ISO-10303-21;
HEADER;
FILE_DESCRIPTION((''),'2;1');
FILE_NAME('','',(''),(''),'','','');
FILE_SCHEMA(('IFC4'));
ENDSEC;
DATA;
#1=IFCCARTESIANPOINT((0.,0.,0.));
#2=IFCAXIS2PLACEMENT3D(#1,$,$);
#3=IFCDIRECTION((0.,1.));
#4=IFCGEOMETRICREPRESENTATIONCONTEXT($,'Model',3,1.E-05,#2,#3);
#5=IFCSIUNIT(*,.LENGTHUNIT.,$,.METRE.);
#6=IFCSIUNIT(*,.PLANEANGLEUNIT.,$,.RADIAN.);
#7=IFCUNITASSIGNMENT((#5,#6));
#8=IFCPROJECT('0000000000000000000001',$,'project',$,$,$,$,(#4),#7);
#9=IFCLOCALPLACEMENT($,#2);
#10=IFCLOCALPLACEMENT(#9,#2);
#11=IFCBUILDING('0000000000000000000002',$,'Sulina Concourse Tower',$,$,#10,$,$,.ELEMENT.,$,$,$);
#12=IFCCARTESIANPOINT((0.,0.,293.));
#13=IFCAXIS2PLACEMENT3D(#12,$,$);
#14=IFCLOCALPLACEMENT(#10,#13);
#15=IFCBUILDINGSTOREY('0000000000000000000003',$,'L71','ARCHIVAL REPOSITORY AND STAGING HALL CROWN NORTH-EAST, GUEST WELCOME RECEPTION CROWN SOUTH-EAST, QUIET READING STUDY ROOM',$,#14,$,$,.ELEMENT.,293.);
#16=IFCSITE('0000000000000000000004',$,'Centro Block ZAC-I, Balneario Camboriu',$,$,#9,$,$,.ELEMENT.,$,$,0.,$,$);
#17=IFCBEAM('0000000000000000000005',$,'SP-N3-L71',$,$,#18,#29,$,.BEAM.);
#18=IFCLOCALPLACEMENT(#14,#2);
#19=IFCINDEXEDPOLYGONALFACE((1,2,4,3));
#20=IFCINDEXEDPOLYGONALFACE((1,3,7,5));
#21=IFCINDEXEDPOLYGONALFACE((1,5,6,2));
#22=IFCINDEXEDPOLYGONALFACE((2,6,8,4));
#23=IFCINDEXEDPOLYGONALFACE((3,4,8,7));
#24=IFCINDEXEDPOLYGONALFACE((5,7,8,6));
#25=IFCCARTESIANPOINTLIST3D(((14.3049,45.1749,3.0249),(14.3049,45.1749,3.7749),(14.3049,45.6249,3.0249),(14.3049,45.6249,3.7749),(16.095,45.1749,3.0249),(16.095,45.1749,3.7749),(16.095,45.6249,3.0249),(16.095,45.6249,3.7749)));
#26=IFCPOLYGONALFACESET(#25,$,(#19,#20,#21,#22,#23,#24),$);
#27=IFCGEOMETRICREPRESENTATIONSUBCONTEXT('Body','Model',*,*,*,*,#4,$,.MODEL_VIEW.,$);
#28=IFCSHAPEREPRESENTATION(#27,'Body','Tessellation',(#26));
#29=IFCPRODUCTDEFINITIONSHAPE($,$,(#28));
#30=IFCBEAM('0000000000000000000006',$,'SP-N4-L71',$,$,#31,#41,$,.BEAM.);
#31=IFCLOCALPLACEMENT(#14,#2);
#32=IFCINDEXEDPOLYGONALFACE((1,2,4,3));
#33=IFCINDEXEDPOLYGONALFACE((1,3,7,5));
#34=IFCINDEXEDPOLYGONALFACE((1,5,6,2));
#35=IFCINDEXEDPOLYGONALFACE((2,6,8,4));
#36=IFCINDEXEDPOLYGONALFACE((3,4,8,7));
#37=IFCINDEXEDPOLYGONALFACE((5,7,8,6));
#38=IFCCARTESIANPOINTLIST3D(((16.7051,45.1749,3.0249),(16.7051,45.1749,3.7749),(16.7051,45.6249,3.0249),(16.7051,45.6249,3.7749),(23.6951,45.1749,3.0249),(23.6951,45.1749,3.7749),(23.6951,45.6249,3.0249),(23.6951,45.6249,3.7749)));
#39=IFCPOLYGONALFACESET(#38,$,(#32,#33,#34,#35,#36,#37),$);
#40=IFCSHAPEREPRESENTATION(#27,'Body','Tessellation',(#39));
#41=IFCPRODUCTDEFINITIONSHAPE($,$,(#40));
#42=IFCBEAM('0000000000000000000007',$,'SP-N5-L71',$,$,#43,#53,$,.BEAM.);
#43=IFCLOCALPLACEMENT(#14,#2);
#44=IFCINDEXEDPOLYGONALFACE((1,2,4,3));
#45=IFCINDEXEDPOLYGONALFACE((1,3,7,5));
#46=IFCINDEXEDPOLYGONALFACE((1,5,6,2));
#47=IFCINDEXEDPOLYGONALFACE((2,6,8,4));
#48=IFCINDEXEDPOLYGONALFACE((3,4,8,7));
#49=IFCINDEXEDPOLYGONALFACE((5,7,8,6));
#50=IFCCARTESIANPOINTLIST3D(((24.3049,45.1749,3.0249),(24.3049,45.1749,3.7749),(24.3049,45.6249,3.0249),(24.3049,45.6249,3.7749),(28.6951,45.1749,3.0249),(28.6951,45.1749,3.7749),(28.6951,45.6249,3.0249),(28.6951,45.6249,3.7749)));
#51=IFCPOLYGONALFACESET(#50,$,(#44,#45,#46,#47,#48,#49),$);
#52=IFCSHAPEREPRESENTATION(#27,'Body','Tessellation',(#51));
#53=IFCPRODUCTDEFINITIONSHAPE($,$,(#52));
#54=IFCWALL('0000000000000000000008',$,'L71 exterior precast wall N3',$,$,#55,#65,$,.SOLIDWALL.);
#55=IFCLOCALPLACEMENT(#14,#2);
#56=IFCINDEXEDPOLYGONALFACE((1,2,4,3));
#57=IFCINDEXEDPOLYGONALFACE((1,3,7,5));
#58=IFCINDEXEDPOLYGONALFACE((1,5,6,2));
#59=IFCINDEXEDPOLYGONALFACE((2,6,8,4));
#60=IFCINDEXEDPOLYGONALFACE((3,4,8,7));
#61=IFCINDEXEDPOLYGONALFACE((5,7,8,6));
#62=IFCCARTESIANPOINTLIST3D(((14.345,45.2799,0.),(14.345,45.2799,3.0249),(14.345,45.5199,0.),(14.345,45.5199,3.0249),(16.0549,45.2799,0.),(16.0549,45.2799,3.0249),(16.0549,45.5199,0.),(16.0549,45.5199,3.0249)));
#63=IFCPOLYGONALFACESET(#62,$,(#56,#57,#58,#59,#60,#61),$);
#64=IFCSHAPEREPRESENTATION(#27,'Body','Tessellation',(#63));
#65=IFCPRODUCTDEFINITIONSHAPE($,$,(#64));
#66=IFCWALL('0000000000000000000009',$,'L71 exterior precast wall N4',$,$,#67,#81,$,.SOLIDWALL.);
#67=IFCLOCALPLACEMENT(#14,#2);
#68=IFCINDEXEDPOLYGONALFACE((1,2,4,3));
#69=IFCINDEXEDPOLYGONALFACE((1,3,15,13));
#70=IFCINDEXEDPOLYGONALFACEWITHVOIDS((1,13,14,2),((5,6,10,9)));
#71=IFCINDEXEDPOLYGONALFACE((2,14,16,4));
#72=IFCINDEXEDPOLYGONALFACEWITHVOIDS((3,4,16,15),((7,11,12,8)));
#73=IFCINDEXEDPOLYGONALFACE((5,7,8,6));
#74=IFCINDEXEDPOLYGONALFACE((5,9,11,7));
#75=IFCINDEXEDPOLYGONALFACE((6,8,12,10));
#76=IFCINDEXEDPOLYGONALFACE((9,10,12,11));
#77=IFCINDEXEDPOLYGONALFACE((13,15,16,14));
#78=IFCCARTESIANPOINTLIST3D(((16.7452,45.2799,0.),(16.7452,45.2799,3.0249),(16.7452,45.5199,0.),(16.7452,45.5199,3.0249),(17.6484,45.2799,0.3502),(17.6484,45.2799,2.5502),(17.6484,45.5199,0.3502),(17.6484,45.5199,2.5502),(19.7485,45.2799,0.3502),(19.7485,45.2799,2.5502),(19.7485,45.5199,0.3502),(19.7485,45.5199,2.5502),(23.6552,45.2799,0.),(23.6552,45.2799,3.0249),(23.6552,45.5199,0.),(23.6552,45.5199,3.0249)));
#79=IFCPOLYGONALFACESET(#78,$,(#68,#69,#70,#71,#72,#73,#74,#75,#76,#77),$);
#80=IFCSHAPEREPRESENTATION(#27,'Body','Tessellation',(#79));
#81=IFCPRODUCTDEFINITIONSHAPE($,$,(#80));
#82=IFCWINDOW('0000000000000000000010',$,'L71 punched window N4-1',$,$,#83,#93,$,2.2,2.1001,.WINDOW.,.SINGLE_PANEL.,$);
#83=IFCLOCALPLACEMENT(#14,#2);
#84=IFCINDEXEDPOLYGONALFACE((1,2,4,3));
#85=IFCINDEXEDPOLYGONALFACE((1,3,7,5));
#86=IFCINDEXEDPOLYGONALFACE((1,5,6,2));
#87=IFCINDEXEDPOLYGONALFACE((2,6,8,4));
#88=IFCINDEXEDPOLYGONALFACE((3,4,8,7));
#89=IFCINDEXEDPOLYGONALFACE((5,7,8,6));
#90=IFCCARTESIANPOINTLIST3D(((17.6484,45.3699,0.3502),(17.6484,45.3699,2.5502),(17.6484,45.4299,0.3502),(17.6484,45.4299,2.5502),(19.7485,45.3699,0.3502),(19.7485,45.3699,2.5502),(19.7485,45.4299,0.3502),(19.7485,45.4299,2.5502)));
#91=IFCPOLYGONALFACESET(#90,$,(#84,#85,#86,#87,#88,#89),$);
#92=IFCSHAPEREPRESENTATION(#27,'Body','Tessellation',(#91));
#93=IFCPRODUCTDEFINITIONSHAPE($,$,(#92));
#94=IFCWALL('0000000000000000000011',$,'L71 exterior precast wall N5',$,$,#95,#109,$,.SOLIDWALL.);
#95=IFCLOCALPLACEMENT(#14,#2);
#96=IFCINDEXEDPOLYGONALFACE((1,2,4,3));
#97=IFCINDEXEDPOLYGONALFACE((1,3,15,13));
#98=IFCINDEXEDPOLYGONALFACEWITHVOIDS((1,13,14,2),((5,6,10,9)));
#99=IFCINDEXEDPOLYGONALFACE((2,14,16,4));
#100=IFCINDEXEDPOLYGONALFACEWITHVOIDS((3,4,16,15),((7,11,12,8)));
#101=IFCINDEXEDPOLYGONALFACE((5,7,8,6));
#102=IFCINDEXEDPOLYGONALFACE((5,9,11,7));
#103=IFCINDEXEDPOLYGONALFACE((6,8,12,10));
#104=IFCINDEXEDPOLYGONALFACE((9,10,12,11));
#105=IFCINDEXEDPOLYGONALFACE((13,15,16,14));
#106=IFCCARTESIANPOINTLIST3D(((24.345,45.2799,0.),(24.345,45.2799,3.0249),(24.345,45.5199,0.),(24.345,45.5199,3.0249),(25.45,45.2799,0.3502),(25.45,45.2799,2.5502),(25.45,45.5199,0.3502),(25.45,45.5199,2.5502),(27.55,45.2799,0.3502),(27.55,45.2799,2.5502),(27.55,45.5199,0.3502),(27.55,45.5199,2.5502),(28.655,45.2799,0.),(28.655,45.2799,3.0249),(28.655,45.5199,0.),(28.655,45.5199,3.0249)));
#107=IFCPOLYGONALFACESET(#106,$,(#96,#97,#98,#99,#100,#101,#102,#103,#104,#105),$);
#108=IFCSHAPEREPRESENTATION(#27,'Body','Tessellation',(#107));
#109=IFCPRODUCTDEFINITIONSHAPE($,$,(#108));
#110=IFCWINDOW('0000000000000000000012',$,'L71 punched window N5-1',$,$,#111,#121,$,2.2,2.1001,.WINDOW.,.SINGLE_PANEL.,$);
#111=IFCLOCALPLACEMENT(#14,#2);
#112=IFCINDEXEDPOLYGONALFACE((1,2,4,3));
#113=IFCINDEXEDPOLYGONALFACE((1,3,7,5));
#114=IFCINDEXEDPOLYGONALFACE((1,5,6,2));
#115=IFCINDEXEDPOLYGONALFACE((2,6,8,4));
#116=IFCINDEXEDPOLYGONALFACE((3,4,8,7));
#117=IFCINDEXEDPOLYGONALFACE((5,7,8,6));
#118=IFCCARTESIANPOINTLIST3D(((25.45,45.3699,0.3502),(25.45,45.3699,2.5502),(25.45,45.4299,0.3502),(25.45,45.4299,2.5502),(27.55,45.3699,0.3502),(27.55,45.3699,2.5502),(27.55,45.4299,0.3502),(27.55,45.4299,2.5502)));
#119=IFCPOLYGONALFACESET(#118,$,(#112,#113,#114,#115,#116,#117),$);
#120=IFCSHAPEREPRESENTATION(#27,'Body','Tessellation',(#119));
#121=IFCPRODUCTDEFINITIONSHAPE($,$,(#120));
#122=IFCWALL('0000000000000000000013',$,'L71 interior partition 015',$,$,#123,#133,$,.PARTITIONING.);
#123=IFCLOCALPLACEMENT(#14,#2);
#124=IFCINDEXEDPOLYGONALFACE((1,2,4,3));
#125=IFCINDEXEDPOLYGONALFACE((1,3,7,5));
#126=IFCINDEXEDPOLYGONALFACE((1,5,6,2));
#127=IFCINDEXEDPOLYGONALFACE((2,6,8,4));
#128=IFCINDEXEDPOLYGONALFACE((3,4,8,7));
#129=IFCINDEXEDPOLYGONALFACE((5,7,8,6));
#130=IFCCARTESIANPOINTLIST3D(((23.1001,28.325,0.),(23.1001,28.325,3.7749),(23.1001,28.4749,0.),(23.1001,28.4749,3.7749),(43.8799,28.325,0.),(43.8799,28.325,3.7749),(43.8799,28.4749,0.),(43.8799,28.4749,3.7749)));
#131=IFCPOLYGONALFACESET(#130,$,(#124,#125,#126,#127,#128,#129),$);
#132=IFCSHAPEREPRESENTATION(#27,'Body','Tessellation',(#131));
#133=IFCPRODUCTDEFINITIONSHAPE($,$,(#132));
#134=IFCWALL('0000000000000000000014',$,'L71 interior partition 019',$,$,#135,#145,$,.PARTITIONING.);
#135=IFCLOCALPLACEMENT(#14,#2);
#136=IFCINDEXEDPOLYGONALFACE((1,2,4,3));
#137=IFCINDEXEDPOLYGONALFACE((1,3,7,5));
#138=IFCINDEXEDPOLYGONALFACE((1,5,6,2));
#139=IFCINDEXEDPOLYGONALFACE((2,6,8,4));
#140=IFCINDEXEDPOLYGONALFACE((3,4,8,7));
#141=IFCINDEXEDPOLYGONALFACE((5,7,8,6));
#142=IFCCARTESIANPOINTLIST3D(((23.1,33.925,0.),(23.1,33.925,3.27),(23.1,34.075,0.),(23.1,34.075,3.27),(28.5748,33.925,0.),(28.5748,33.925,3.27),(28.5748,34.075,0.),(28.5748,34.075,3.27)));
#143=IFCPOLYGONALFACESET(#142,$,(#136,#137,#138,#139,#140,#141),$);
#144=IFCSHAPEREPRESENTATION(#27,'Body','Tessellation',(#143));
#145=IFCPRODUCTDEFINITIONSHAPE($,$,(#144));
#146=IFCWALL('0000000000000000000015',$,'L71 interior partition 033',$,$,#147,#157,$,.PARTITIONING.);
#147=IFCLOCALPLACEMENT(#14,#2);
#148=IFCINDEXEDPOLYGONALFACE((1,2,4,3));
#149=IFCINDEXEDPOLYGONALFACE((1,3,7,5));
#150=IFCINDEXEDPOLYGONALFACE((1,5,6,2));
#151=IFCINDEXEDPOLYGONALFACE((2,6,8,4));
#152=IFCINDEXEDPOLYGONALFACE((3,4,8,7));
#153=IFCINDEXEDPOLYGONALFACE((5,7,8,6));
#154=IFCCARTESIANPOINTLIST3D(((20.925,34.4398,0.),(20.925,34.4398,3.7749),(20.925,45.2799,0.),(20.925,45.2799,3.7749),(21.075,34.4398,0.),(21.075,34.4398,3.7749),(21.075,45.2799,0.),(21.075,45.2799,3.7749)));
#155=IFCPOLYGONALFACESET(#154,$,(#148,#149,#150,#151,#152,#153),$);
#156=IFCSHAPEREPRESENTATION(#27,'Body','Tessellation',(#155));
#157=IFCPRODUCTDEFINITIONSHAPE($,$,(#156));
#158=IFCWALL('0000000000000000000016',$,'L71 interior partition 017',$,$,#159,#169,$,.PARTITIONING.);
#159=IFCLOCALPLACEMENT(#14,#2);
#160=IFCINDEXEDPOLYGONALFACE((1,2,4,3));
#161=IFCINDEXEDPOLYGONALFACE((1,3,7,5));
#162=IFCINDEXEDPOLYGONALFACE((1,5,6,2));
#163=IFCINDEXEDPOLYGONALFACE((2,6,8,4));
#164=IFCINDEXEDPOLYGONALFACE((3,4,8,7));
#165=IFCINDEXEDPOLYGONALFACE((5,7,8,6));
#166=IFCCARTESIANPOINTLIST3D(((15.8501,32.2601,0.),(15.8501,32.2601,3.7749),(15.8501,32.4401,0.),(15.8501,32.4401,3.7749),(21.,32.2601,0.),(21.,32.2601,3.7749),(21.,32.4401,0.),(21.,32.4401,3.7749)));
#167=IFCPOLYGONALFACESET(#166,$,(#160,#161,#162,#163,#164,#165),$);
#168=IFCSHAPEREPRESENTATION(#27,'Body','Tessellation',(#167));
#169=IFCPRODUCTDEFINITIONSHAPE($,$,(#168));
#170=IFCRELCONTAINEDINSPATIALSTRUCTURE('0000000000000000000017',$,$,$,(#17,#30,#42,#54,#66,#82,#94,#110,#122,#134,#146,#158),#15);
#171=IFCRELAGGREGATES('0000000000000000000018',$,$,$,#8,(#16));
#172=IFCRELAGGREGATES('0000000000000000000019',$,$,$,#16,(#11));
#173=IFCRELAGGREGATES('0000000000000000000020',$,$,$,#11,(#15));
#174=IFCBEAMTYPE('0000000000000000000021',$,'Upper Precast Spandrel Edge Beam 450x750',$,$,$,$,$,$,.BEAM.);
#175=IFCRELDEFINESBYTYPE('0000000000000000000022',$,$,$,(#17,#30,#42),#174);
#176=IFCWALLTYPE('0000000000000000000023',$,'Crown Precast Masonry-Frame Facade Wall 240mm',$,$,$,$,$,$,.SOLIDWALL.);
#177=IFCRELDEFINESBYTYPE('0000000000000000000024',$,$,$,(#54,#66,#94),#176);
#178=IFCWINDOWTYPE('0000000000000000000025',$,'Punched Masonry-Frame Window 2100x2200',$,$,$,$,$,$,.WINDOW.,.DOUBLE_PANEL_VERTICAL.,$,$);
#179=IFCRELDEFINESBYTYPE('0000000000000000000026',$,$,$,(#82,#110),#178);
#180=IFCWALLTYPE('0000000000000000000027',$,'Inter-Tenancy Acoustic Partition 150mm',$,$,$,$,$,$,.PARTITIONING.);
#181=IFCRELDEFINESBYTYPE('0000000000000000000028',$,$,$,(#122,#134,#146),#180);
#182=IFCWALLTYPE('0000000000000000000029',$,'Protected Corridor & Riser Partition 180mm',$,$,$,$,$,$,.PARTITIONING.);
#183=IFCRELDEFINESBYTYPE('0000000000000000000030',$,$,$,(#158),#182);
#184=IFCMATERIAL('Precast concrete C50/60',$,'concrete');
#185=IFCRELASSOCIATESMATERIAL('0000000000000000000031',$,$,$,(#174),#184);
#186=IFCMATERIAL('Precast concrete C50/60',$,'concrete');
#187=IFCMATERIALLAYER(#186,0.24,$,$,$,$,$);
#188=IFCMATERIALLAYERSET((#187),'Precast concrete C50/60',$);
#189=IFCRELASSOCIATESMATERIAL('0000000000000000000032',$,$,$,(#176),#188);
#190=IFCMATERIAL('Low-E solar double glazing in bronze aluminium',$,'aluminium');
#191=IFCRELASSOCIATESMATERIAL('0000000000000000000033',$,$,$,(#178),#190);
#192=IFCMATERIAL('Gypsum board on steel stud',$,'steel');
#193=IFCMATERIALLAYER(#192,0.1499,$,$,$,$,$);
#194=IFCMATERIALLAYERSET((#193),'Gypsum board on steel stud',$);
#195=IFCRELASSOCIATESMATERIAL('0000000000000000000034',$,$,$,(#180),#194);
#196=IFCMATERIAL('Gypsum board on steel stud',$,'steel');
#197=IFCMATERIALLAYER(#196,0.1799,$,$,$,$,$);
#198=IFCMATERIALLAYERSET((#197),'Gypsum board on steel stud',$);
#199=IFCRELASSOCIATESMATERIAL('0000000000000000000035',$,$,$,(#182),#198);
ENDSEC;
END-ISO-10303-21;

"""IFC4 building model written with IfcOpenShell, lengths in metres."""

from ifc_helpers import new_model, si_unit, direction, frame, frame_2d, origin, origin_2d, place, context, subcontext, project, spatial, rectangle, extrude, material, layer, layer_set, material_profile, profile_set, type_object, element, fill, save


model = new_model("IFC4")

# Units and contexts
model_context = context("Model", 3, precision=1e-05, world=origin(), true_north=direction((0.0, 1.0)))
body_context = subcontext(model_context, "Body", "Model", "MODEL_VIEW")
ifc_project = project(units=[si_unit("LENGTHUNIT", "METRE"), si_unit("PLANEANGLEUNIT", "RADIAN")], contexts=[model_context])

# Site, building, storey
site_placement = place(None, origin())
site = spatial("IfcSite", under=ifc_project, at=site_placement, Name="Centro Block ZAC-I, Balneario Camboriu", CompositionType="ELEMENT", RefElevation=0.0)
building_placement = place(site_placement, origin())
building = spatial("IfcBuilding", under=site, at=building_placement, Name="Sulina Concourse Tower", CompositionType="ELEMENT")
storey_placement = place(building_placement, frame((0.0, 0.0, 293.0)))
storey = spatial("IfcBuildingStorey", under=building, at=storey_placement, Name="L71", Description="ARCHIVAL REPOSITORY AND STAGING HALL CROWN NORTH-EAST, GUEST WELCOME RECEPTION CROWN SOUTH-EAST, QUIET READING STUDY ROOM", CompositionType="ELEMENT", Elevation=293.0)

# Beams
ifc_material_1 = material(Name="Precast concrete C50/60", Category="concrete")
ifc_material_profile_1 = material_profile(ifc_material_1, rectangle(XDim=0.45, YDim=0.75, at=origin_2d()), Name="RC 450x750")
ifc_profile_set_1 = profile_set([ifc_material_profile_1], Name="Precast concrete C50/60")
beam_type_1 = type_object("IfcBeamType", Name="Upper Precast Spandrel Edge Beam 450x750", PredefinedType="BEAM", material=ifc_profile_set_1)
beam_1_placement = place(storey_placement, frame((14.3049, 45.3999, 3.3999), z_axis=(1.0, 0.0, 0.0), x_axis=(0.0, 1.0, 0.0)))
element("IfcBeam", 1, at=beam_1_placement, inside=storey, type_object=beam_type_1, Name="SP-N3-L71", PredefinedType="BEAM", context=body_context, shape_type="SweptSolid", body=[
    extrude(rectangle(XDim=0.45, YDim=0.75, at=origin_2d()), origin(), (0.0, 0.0, 1.0), 1.79),
])
beam_2_placement = place(storey_placement, frame((16.7051, 45.3999, 3.3999), z_axis=(1.0, 0.0, 0.0), x_axis=(0.0, 1.0, 0.0)))
element("IfcBeam", 2, at=beam_2_placement, inside=storey, type_object=beam_type_1, Name="SP-N4-L71", PredefinedType="BEAM", context=body_context, shape_type="SweptSolid", body=[
    extrude(rectangle(XDim=0.45, YDim=0.75, at=origin_2d()), origin(), (0.0, 0.0, 1.0), 6.99),
])
beam_3_placement = place(storey_placement, frame((24.3049, 45.3999, 3.3999), z_axis=(1.0, 0.0, 0.0), x_axis=(0.0, 1.0, 0.0)))
element("IfcBeam", 3, at=beam_3_placement, inside=storey, type_object=beam_type_1, Name="SP-N5-L71", PredefinedType="BEAM", context=body_context, shape_type="SweptSolid", body=[
    extrude(rectangle(XDim=0.45, YDim=0.75, at=origin_2d()), origin(), (0.0, 0.0, 1.0), 4.3901),
])

# Wall
ifc_material_2 = material(Name="Precast concrete C50/60", Category="concrete")
ifc_layer_1 = layer(ifc_material_2, 0.24)
ifc_layer_set_1 = layer_set([ifc_layer_1], Name="Precast concrete C50/60")
wall_type_1 = type_object("IfcWallType", Name="Crown Precast Masonry-Frame Facade Wall 240mm", PredefinedType="SOLIDWALL", material=ifc_layer_set_1)
wall_1_placement = place(storey_placement, frame((14.345, 45.3999, 0.0), z_axis=(0.0, 0.0, 1.0), x_axis=(1.0, 0.0, 0.0)))
element("IfcWall", 4, at=wall_1_placement, inside=storey, type_object=wall_type_1, Name="L71 exterior precast wall N3", PredefinedType="SOLIDWALL", context=body_context, shape_type="SweptSolid", body=[
    extrude(rectangle(XDim=1.71, YDim=0.24, at=frame_2d((0.855, 0.0))), origin(), (0.0, 0.0, 1.0), 3.0249),
])

# Walls, openings, windows
wall_2_placement = place(storey_placement, frame((16.7451, 45.3999, 0.0), z_axis=(0.0, 0.0, 1.0), x_axis=(1.0, 0.0, 0.0)))
wall_2 = element("IfcWall", 5, at=wall_2_placement, inside=storey, type_object=wall_type_1, Name="L71 exterior precast wall N4", PredefinedType="SOLIDWALL", context=body_context, shape_type="SweptSolid", body=[
    extrude(rectangle(XDim=6.9099, YDim=0.24, at=frame_2d((3.4551, 0.0))), origin(), (0.0, 0.0, 1.0), 3.0249),
])
opening_1_placement = place(wall_2_placement, frame((0.9033, 0.0, 0.3501)))
opening_1 = element("IfcOpeningElement", 6, at=opening_1_placement, cuts=wall_2, PredefinedType="OPENING", context=body_context, shape_type="SweptSolid", body=[
    extrude(rectangle(XDim=2.1001, YDim=2.2, at=frame_2d((1.05, 1.1001))), frame((0.0, 0.1299, 0.0), z_axis=(0.0, -1.0, 0.0), x_axis=(1.0, 0.0, 0.0)), (0.0, 0.0, 1.0), 0.26),
])
ifc_material_3 = material(Name="Low-E solar double glazing in bronze aluminium", Category="aluminium")
window_type = type_object("IfcWindowType", Name="Punched Masonry-Frame Window 2100x2200", PartitioningType="DOUBLE_PANEL_VERTICAL", PredefinedType="WINDOW", material=ifc_material_3)
window_1_placement = place(opening_1_placement, origin())
window_1 = element("IfcWindow", 7, at=window_1_placement, inside=storey, type_object=window_type, Name="L71 punched window N4-1", OverallHeight=2.2, OverallWidth=2.1001, PartitioningType="SINGLE_PANEL", PredefinedType="WINDOW", context=body_context, shape_type="SweptSolid", body=[
    extrude(rectangle(XDim=2.1001, YDim=2.2, at=frame_2d((1.05, 1.1001))), frame((0.0, 0.03, 0.0), z_axis=(0.0, -1.0, 0.0), x_axis=(1.0, 0.0, 0.0)), (0.0, 0.0, 1.0), 0.0601),
])
fill(opening_1, window_1)
wall_3_placement = place(storey_placement, frame((24.345, 45.3999, 0.0), z_axis=(0.0, 0.0, 1.0), x_axis=(1.0, 0.0, 0.0)))
wall_3 = element("IfcWall", 8, at=wall_3_placement, inside=storey, type_object=wall_type_1, Name="L71 exterior precast wall N5", PredefinedType="SOLIDWALL", context=body_context, shape_type="SweptSolid", body=[
    extrude(rectangle(XDim=4.3101, YDim=0.24, at=frame_2d((2.155, 0.0))), origin(), (0.0, 0.0, 1.0), 3.0249),
])
opening_2_placement = place(wall_3_placement, frame((1.105, 0.0, 0.3501)))
opening_2 = element("IfcOpeningElement", 9, at=opening_2_placement, cuts=wall_3, PredefinedType="OPENING", context=body_context, shape_type="SweptSolid", body=[
    extrude(rectangle(XDim=2.1001, YDim=2.2, at=frame_2d((1.05, 1.1001))), frame((0.0, 0.1299, 0.0), z_axis=(0.0, -1.0, 0.0), x_axis=(1.0, 0.0, 0.0)), (0.0, 0.0, 1.0), 0.26),
])
window_2_placement = place(opening_2_placement, origin())
window_2 = element("IfcWindow", 10, at=window_2_placement, inside=storey, type_object=window_type, Name="L71 punched window N5-1", OverallHeight=2.2, OverallWidth=2.1001, PartitioningType="SINGLE_PANEL", PredefinedType="WINDOW", context=body_context, shape_type="SweptSolid", body=[
    extrude(rectangle(XDim=2.1001, YDim=2.2, at=frame_2d((1.05, 1.1001))), frame((0.0, 0.03, 0.0), z_axis=(0.0, -1.0, 0.0), x_axis=(1.0, 0.0, 0.0)), (0.0, 0.0, 1.0), 0.0601),
])
fill(opening_2, window_2)

# Walls
ifc_material_4 = material(Name="Gypsum board on steel stud", Category="steel")
ifc_layer_2 = layer(ifc_material_4, 0.1499)
ifc_layer_set_2 = layer_set([ifc_layer_2], Name="Gypsum board on steel stud")
wall_type_2 = type_object("IfcWallType", Name="Inter-Tenancy Acoustic Partition 150mm", PredefinedType="PARTITIONING", material=ifc_layer_set_2)
wall_4_placement = place(storey_placement, frame((23.1001, 28.3999, 0.0), z_axis=(0.0, 0.0, 1.0), x_axis=(1.0, 0.0, 0.0)))
element("IfcWall", 11, at=wall_4_placement, inside=storey, type_object=wall_type_2, Name="L71 interior partition 015", PredefinedType="PARTITIONING", context=body_context, shape_type="SweptSolid", body=[
    extrude(rectangle(XDim=20.7798, YDim=0.1499, at=frame_2d((10.3899, 0.0))), origin(), (0.0, 0.0, 1.0), 3.7749),
])
wall_5_placement = place(storey_placement, frame((23.1001, 34.0, 0.0), z_axis=(0.0, 0.0, 1.0), x_axis=(1.0, 0.0, 0.0)))
element("IfcWall", 12, at=wall_5_placement, inside=storey, type_object=wall_type_2, Name="L71 interior partition 019", PredefinedType="PARTITIONING", context=body_context, shape_type="SweptSolid", body=[
    extrude(rectangle(XDim=5.4749, YDim=0.1499, at=frame_2d((2.7373, 0.0))), origin(), (0.0, 0.0, 1.0), 3.27),
])
wall_6_placement = place(storey_placement, frame((21.0, 34.4399, 0.0), z_axis=(0.0, 0.0, 1.0), x_axis=(0.0, 1.0, 0.0)))
element("IfcWall", 13, at=wall_6_placement, inside=storey, type_object=wall_type_2, Name="L71 interior partition 033", PredefinedType="PARTITIONING", context=body_context, shape_type="SweptSolid", body=[
    extrude(rectangle(XDim=10.8401, YDim=0.1499, at=frame_2d((5.4199, 0.0))), origin(), (0.0, 0.0, 1.0), 3.7749),
])
ifc_material_5 = material(Name="Gypsum board on steel stud", Category="steel")
ifc_layer_3 = layer(ifc_material_5, 0.1799)
ifc_layer_set_3 = layer_set([ifc_layer_3], Name="Gypsum board on steel stud")
wall_type_3 = type_object("IfcWallType", Name="Protected Corridor & Riser Partition 180mm", PredefinedType="PARTITIONING", material=ifc_layer_set_3)
wall_7_placement = place(storey_placement, frame((15.8501, 32.3501, 0.0), z_axis=(0.0, 0.0, 1.0), x_axis=(1.0, 0.0, 0.0)))
element("IfcWall", 14, at=wall_7_placement, inside=storey, type_object=wall_type_3, Name="L71 interior partition 017", PredefinedType="PARTITIONING", context=body_context, shape_type="SweptSolid", body=[
    extrude(rectangle(XDim=5.1499, YDim=0.1799, at=frame_2d((2.575, 0.0))), origin(), (0.0, 0.0, 1.0), 3.7749),
])

save(model, "model.ifc")
